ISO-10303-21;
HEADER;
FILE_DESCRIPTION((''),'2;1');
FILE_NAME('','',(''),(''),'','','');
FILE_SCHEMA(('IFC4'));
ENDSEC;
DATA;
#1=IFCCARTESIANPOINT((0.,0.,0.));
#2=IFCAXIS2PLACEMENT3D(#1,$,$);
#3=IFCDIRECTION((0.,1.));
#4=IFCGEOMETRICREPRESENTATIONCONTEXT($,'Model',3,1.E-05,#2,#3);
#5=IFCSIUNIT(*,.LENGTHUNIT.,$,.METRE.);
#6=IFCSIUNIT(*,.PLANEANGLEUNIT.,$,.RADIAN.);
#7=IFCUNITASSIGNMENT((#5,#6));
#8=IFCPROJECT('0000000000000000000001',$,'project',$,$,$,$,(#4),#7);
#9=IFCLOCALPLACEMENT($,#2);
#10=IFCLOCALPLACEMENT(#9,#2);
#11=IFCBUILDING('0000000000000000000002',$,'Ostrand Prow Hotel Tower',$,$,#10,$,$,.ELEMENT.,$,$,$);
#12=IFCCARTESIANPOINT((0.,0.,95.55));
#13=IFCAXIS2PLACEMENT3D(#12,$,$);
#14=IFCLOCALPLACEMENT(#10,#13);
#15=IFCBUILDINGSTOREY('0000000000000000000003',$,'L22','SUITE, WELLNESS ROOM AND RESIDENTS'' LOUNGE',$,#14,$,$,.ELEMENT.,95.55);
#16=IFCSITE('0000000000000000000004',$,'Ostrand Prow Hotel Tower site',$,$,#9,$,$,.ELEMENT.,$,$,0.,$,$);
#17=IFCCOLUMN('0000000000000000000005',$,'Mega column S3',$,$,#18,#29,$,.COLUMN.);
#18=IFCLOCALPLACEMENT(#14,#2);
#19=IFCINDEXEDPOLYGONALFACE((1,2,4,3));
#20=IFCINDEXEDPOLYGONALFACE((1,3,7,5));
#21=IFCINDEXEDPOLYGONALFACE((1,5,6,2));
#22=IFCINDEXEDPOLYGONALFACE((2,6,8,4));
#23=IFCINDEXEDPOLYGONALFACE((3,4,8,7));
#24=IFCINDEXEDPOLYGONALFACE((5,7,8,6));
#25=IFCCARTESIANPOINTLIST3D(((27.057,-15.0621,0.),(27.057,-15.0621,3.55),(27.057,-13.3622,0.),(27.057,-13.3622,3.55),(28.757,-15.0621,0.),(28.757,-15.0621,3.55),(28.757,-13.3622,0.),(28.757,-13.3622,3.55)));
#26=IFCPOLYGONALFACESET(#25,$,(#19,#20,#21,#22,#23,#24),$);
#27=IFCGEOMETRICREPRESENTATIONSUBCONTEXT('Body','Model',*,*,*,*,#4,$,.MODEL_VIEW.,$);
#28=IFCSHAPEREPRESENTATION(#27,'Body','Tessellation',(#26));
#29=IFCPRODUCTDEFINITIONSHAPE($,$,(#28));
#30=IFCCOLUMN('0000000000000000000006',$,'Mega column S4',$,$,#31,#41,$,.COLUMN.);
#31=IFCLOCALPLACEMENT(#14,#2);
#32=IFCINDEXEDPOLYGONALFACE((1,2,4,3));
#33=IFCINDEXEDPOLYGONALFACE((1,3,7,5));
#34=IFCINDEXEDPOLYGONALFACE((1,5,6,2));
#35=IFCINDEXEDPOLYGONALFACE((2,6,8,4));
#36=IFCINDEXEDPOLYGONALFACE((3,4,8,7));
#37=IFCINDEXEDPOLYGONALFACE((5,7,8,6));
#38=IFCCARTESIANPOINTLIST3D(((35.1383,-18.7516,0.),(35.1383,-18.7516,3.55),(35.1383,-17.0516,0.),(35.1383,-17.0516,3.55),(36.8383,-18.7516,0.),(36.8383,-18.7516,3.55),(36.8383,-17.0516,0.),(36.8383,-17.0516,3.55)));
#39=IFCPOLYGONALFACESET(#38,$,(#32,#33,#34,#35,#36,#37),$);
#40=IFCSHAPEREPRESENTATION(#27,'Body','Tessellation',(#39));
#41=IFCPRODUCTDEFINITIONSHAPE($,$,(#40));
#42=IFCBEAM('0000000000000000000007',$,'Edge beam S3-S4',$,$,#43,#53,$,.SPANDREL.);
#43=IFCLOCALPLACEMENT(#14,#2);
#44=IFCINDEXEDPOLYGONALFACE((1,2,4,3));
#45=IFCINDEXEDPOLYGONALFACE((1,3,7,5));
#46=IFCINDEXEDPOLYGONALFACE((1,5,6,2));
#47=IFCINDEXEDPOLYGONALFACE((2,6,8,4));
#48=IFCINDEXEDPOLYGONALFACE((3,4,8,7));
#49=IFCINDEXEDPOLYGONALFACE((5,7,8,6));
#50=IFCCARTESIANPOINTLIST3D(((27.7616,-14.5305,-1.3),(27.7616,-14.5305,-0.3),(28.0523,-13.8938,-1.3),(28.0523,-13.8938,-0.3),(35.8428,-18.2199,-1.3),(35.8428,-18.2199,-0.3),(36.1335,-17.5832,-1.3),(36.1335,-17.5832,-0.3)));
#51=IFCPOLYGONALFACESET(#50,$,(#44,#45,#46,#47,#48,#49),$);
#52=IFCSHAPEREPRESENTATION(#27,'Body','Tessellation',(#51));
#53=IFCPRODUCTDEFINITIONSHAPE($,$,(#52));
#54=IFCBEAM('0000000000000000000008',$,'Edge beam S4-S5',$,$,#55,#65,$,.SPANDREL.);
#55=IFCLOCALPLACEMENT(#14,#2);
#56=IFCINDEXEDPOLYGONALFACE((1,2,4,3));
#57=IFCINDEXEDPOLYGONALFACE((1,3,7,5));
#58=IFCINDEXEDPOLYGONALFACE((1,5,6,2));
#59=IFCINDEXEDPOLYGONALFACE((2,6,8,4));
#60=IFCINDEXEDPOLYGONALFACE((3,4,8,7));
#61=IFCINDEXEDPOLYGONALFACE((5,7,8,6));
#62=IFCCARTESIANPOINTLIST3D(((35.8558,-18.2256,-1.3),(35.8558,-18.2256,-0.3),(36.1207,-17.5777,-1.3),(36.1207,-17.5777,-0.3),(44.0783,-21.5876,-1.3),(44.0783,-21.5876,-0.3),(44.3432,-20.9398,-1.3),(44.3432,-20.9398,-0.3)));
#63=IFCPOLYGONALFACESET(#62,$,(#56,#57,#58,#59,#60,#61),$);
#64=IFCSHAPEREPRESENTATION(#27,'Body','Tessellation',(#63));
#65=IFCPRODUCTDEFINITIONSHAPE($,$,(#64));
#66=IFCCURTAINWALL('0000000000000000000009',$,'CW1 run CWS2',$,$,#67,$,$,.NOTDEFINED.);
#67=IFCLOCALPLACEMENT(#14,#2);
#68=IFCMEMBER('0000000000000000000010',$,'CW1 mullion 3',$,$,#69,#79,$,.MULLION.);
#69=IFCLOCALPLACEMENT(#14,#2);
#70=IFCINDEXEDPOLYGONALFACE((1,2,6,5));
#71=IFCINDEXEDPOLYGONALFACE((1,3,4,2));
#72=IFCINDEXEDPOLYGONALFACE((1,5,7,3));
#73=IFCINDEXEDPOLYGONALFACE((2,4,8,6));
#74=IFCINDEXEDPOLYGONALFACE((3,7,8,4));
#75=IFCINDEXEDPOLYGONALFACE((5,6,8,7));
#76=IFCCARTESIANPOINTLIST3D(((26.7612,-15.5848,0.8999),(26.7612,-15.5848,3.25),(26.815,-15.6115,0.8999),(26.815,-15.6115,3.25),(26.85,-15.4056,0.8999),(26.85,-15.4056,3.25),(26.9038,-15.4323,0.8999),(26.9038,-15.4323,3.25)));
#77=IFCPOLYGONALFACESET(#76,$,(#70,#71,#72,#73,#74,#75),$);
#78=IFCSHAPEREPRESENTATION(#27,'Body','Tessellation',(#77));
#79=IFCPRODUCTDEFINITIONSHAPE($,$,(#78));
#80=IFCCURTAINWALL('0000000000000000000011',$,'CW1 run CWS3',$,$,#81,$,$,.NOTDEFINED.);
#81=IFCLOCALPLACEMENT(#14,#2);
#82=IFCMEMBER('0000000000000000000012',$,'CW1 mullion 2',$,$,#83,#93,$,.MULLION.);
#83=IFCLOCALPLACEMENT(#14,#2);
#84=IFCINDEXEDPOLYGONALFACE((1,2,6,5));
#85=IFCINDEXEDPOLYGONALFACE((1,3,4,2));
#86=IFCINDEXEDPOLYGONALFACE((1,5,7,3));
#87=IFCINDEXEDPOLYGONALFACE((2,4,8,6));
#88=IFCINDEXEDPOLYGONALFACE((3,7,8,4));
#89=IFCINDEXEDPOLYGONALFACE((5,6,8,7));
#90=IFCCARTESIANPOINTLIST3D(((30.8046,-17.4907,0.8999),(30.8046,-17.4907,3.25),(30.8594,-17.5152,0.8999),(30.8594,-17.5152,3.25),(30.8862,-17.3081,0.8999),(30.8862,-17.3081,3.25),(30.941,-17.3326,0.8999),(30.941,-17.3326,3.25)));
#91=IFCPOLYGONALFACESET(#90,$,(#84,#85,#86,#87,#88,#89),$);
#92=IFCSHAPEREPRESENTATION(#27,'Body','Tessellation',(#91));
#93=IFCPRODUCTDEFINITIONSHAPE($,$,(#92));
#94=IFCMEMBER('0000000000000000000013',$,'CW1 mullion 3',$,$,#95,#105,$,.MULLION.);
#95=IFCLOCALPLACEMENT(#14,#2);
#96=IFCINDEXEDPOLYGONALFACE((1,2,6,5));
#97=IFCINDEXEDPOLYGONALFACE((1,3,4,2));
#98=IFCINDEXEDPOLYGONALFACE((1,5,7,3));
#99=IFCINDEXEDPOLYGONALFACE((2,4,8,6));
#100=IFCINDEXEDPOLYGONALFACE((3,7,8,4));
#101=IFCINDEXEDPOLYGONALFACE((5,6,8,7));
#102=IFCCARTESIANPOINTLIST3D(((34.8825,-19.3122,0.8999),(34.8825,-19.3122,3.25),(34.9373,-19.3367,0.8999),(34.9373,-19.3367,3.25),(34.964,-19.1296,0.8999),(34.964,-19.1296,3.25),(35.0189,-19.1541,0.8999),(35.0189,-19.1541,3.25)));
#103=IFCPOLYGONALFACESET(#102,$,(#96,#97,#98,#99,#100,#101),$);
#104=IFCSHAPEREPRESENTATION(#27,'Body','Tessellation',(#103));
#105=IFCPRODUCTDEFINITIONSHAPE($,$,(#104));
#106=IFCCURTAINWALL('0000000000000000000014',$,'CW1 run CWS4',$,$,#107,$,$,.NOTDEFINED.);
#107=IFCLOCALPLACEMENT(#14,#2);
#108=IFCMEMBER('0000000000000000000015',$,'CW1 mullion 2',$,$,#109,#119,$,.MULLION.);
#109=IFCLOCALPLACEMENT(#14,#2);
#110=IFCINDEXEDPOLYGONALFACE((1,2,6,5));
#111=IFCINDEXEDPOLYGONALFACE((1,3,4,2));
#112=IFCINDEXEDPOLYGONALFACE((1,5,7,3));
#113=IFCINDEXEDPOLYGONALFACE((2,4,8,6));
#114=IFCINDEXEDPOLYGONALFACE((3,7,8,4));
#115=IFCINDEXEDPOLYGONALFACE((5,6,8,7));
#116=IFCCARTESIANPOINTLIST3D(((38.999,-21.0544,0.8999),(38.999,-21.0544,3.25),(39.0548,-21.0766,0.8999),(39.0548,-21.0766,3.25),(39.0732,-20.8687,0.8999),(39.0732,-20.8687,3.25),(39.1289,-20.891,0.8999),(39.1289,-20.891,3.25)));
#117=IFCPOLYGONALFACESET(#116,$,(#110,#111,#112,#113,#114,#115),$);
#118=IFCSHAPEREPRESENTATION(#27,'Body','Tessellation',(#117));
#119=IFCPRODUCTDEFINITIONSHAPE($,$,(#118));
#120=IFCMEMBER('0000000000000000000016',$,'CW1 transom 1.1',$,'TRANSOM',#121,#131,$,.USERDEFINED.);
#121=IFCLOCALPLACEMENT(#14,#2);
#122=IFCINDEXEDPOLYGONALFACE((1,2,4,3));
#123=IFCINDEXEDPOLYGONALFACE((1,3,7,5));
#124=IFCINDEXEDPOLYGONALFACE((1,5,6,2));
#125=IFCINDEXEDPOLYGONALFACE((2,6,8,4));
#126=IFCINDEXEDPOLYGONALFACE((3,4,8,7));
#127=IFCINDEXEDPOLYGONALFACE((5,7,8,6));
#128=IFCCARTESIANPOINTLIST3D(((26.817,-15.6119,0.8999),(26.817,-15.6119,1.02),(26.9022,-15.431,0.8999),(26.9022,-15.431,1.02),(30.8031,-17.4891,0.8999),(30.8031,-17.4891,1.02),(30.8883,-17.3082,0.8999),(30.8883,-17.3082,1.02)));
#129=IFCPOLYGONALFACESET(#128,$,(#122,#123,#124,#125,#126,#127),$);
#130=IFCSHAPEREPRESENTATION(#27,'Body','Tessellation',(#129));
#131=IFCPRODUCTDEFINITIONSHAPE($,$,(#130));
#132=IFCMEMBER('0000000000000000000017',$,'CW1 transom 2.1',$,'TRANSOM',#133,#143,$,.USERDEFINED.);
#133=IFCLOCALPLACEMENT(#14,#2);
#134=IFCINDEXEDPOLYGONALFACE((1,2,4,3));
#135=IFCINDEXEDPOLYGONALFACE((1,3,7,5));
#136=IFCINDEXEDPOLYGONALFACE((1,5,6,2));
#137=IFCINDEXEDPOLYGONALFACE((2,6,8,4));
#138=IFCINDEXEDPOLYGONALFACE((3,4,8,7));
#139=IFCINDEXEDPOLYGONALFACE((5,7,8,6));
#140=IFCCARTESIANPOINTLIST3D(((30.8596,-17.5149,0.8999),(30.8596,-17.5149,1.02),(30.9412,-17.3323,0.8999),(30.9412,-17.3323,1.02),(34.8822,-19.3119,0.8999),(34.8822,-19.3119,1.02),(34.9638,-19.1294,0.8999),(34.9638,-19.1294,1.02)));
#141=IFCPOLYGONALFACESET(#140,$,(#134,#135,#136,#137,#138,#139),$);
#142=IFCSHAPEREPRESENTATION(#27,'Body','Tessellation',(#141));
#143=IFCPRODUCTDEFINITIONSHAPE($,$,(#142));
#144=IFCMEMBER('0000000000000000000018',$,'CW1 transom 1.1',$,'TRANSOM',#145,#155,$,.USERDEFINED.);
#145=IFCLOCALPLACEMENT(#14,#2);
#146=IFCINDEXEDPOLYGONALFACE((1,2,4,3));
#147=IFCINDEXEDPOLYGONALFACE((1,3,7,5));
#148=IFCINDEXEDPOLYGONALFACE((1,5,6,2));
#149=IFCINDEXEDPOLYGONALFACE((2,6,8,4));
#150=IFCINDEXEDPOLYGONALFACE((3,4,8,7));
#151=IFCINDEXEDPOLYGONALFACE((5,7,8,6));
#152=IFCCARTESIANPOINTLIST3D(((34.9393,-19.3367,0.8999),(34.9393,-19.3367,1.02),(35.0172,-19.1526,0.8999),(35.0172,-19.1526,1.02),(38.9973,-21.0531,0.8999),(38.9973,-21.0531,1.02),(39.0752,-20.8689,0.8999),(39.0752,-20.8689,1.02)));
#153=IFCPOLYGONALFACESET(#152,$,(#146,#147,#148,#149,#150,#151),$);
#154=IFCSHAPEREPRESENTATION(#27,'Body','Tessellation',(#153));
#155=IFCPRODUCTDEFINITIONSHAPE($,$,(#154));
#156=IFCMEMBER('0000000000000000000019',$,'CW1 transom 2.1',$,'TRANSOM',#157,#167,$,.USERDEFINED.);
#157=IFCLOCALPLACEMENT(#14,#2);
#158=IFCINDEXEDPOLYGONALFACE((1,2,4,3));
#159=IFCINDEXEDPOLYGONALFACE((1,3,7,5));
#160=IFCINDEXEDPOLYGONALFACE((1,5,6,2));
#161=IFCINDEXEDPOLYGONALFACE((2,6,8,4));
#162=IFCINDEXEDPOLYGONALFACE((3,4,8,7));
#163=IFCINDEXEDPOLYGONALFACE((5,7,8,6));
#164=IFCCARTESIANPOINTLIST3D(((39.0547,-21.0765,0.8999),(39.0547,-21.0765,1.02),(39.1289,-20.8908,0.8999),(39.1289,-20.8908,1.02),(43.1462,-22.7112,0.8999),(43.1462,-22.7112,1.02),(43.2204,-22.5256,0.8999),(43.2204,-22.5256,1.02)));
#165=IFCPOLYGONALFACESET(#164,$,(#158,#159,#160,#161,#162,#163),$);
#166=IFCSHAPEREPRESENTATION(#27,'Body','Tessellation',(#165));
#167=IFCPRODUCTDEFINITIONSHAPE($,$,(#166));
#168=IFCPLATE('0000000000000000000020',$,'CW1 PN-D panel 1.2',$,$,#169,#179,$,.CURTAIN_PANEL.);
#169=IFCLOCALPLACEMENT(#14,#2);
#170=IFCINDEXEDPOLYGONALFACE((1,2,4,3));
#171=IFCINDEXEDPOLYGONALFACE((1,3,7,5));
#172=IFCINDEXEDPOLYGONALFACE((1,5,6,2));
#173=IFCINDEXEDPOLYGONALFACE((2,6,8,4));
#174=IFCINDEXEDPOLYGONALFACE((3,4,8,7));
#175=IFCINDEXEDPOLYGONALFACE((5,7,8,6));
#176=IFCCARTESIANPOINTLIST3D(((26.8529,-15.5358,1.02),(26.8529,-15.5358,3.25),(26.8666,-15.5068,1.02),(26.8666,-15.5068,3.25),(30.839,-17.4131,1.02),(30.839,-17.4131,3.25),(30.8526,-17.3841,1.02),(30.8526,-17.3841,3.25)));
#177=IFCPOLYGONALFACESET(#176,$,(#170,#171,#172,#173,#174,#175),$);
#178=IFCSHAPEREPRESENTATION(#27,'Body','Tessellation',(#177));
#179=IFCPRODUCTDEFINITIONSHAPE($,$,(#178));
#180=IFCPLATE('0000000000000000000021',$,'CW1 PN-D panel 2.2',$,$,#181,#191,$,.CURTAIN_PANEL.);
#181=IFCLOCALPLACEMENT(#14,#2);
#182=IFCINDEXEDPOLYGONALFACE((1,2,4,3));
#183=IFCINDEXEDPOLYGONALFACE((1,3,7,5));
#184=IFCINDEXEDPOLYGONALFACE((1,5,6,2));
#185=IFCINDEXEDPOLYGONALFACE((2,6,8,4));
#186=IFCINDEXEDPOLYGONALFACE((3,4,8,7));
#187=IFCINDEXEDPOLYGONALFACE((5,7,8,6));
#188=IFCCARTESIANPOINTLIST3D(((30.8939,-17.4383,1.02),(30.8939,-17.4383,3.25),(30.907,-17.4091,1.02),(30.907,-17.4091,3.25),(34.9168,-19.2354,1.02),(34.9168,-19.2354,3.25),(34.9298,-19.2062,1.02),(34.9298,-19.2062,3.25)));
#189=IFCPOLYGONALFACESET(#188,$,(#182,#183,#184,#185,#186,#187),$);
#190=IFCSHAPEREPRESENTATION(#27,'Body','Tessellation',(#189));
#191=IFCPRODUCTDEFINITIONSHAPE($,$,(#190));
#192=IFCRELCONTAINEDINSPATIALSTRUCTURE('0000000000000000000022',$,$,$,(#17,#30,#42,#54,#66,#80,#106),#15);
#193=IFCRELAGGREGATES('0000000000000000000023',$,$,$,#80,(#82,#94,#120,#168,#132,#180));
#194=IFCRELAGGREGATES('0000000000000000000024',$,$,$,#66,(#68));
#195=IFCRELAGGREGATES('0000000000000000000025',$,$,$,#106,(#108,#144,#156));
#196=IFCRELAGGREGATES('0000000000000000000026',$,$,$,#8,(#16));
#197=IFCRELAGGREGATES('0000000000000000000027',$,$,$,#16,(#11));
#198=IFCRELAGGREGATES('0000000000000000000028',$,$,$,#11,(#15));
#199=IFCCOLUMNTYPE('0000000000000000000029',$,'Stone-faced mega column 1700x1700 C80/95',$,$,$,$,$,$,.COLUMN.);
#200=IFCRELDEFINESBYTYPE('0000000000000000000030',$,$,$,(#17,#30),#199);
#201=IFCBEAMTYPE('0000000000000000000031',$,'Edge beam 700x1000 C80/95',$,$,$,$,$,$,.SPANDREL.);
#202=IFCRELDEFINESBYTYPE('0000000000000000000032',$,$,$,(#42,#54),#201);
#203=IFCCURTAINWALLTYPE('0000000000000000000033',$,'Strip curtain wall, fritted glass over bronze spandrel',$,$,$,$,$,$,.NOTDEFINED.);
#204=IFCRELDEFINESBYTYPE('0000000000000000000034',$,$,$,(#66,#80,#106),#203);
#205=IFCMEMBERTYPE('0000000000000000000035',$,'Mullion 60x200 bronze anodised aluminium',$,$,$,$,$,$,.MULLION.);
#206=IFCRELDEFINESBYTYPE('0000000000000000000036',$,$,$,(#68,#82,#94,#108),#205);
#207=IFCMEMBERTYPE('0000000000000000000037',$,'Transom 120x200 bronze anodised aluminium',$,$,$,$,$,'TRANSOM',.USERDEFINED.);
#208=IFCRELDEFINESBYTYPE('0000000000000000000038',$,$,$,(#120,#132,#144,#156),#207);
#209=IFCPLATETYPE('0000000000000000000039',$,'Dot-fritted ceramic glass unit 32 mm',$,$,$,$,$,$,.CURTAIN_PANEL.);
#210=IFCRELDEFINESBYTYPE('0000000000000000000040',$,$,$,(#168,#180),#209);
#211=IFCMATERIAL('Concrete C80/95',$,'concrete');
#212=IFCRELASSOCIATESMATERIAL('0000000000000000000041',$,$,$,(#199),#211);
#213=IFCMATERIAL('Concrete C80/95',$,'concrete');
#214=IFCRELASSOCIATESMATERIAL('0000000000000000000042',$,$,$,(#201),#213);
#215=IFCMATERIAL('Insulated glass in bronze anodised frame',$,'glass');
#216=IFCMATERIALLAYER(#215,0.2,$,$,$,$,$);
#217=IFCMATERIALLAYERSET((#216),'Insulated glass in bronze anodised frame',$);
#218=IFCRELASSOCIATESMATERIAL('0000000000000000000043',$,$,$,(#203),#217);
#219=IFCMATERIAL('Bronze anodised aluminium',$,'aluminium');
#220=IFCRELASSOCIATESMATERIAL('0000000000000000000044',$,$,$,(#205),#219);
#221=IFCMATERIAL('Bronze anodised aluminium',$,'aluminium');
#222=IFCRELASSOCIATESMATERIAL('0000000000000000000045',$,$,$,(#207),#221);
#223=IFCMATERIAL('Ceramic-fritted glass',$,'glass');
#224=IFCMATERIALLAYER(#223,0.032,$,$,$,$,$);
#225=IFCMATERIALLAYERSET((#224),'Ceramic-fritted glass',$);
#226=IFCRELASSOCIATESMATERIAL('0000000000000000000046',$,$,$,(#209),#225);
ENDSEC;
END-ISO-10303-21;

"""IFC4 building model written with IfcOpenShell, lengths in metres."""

from ifc_helpers import new_model, si_unit, direction, frame, origin, origin_2d, place, context, subcontext, project, spatial, rectangle, extrude, material, layer, layer_set, material_profile, profile_set, type_object, element, aggregate, save


model = new_model("IFC4")

# Units and contexts
model_context = context("Model", 3, precision=1e-05, world=origin(), true_north=direction((0.0, 1.0)))
body_context = subcontext(model_context, "Body", "Model", "MODEL_VIEW")
ifc_project = project(units=[si_unit("LENGTHUNIT", "METRE"), si_unit("PLANEANGLEUNIT", "RADIAN")], contexts=[model_context])

# Site, building, storey
site_placement = place(None, origin())
site = spatial("IfcSite", under=ifc_project, at=site_placement, Name="Ostrand Prow Hotel Tower site", CompositionType="ELEMENT", RefElevation=0.0)
building_placement = place(site_placement, origin())
building = spatial("IfcBuilding", under=site, at=building_placement, Name="Ostrand Prow Hotel Tower", CompositionType="ELEMENT")
storey_placement = place(building_placement, frame((0.0, 0.0, 95.55)))
storey = spatial("IfcBuildingStorey", under=building, at=storey_placement, Name="L22", Description="SUITE, WELLNESS ROOM AND RESIDENTS' LOUNGE", CompositionType="ELEMENT", Elevation=95.55)

# Columns
ifc_material_1 = material(Name="Concrete C80/95", Category="concrete")
ifc_material_profile_1 = material_profile(ifc_material_1, rectangle(XDim=1.7, YDim=1.7, at=origin_2d()), Name="RC 1700x1700")
ifc_profile_set_1 = profile_set([ifc_material_profile_1], Name="Concrete C80/95")
column_type = type_object("IfcColumnType", Name="Stone-faced mega column 1700x1700 C80/95", PredefinedType="COLUMN", material=ifc_profile_set_1)
for number, where, z_axis, x_axis, name in (
    (1, (27.907, -14.2122, 0.0), (0.0, 0.0, 1.0), (1.0, 0.0, 0.0), "Mega column S3"),
    (2, (35.9883, -17.9016, 0.0), (0.0, 0.0, 1.0), (1.0, 0.0, 0.0), "Mega column S4"),
):
    element("IfcColumn", number, at=place(storey_placement, frame(where, z_axis=z_axis, x_axis=x_axis)), inside=storey, type_object=column_type, Name=name, PredefinedType="COLUMN", context=body_context, shape_type="SweptSolid", body=[
        extrude(rectangle(XDim=1.7, YDim=1.7, at=origin_2d()), origin(), (0.0, 0.0, 1.0), 3.55),
    ])

# Beams
ifc_material_2 = material(Name="Concrete C80/95", Category="concrete")
ifc_material_profile_2 = material_profile(ifc_material_2, rectangle(XDim=0.7, YDim=1.0, at=origin_2d()), Name="RC 700x1000")
ifc_profile_set_2 = profile_set([ifc_material_profile_2], Name="Concrete C80/95")
beam_type = type_object("IfcBeamType", Name="Edge beam 700x1000 C80/95", PredefinedType="SPANDREL", material=ifc_profile_set_2)
beam_1_placement = place(storey_placement, frame((27.907, -14.2122, -0.8), z_axis=(0.909681, -0.415308, 0.0), x_axis=(0.415308, 0.909681, 0.0)))
element("IfcBeam", 3, at=beam_1_placement, inside=storey, type_object=beam_type, Name="Edge beam S3-S4", PredefinedType="SPANDREL", context=body_context, shape_type="SweptSolid", body=[
    extrude(rectangle(XDim=0.7, YDim=1.0, at=origin_2d()), origin(), (0.0, 0.0, 1.0), 8.8835),
])
beam_2_placement = place(storey_placement, frame((35.9883, -17.9016, -0.8), z_axis=(0.925612, -0.378473, 0.0), x_axis=(0.378473, 0.925612, 0.0)))
element("IfcBeam", 4, at=beam_2_placement, inside=storey, type_object=beam_type, Name="Edge beam S4-S5", PredefinedType="SPANDREL", context=body_context, shape_type="SweptSolid", body=[
    extrude(rectangle(XDim=0.7, YDim=1.0, at=origin_2d()), origin(), (0.0, 0.0, 1.0), 8.8833),
])

# Curtain wall, member
ifc_material_3 = material(Name="Insulated glass in bronze anodised frame", Category="glass")
ifc_layer_1 = layer(ifc_material_3, 0.2)
ifc_layer_set_1 = layer_set([ifc_layer_1], Name="Insulated glass in bronze anodised frame")
curtain_wall_type = type_object("IfcCurtainWallType", Name="Strip curtain wall, fritted glass over bronze spandrel", PredefinedType="NOTDEFINED", material=ifc_layer_set_1)
curtain_wall_1_placement = place(storey_placement, origin())
curtain_wall_1 = element("IfcCurtainWall", 5, at=curtain_wall_1_placement, inside=storey, type_object=curtain_wall_type, Name="CW1 run CWS2", PredefinedType="NOTDEFINED")
ifc_material_4 = material(Name="Bronze anodised aluminium", Category="aluminium")
ifc_material_profile_3 = material_profile(ifc_material_4, rectangle(XDim=0.2, YDim=0.0601, at=origin_2d()), Name="Mullion 60x200 bronze anodised aluminium")
ifc_profile_set_3 = profile_set([ifc_material_profile_3], Name="Bronze anodised aluminium")
member_type_1 = type_object("IfcMemberType", Name="Mullion 60x200 bronze anodised aluminium", PredefinedType="MULLION", material=ifc_profile_set_3)
member_1_placement = place(storey_placement, frame((26.8325, -15.5085, 0.8999), z_axis=(0.0, 0.0, 1.0), x_axis=(0.444113, 0.895971, 0.0)))
member_1 = element("IfcMember", 6, at=member_1_placement, type_object=member_type_1, Name="CW1 mullion 3", PredefinedType="MULLION", context=body_context, shape_type="SweptSolid", body=[
    extrude(rectangle(XDim=0.2, YDim=0.0601, at=origin_2d()), origin(), (0.0, 0.0, 1.0), 2.3501),
])

# Curtain wall, members
curtain_wall_2_placement = place(storey_placement, origin())
curtain_wall_2 = element("IfcCurtainWall", 7, at=curtain_wall_2_placement, inside=storey, type_object=curtain_wall_type, Name="CW1 run CWS3", PredefinedType="NOTDEFINED")
member_2_placement = place(storey_placement, frame((30.8728, -17.4116, 0.8999), z_axis=(0.0, 0.0, 1.0), x_axis=(0.407875, 0.913038, 0.0)))
member_2 = element("IfcMember", 8, at=member_2_placement, type_object=member_type_1, Name="CW1 mullion 2", PredefinedType="MULLION", context=body_context, shape_type="SweptSolid", body=[
    extrude(rectangle(XDim=0.2, YDim=0.0601, at=origin_2d()), origin(), (0.0, 0.0, 1.0), 2.3501),
])
member_3_placement = place(storey_placement, frame((34.9507, -19.2332, 0.8999), z_axis=(0.0, 0.0, 1.0), x_axis=(0.407875, 0.913038, 0.0)))
member_3 = element("IfcMember", 9, at=member_3_placement, type_object=member_type_1, Name="CW1 mullion 3", PredefinedType="MULLION", context=body_context, shape_type="SweptSolid", body=[
    extrude(rectangle(XDim=0.2, YDim=0.0601, at=origin_2d()), origin(), (0.0, 0.0, 1.0), 2.3501),
])

# Curtain wall, member
curtain_wall_3_placement = place(storey_placement, origin())
curtain_wall_3 = element("IfcCurtainWall", 10, at=curtain_wall_3_placement, inside=storey, type_object=curtain_wall_type, Name="CW1 run CWS4", PredefinedType="NOTDEFINED")
member_4_placement = place(storey_placement, frame((39.064, -20.9727, 0.8999), z_axis=(0.0, 0.0, 1.0), x_axis=(0.370982, 0.92864, 0.0)))
member_4 = element("IfcMember", 11, at=member_4_placement, type_object=member_type_1, Name="CW1 mullion 2", PredefinedType="MULLION", context=body_context, shape_type="SweptSolid", body=[
    extrude(rectangle(XDim=0.2, YDim=0.0601, at=origin_2d()), origin(), (0.0, 0.0, 1.0), 2.3501),
])

# Members
ifc_material_5 = material(Name="Bronze anodised aluminium", Category="aluminium")
ifc_material_profile_4 = material_profile(ifc_material_5, rectangle(XDim=0.2, YDim=0.1201, at=origin_2d()), Name="Transom 120x200 bronze anodised aluminium")
ifc_profile_set_4 = profile_set([ifc_material_profile_4], Name="Bronze anodised aluminium")
member_type_2 = type_object("IfcMemberType", Name="Transom 120x200 bronze anodised aluminium", ElementType="TRANSOM", PredefinedType="USERDEFINED", material=ifc_profile_set_4)
member_5_placement = place(storey_placement, frame((26.8596, -15.5215, 0.96), z_axis=(0.904697, -0.426056, 0.0), x_axis=(0.426056, 0.904697, 0.0)))
member_5 = element("IfcMember", 12, at=member_5_placement, type_object=member_type_2, Name="CW1 transom 1.1", ObjectType="TRANSOM", PredefinedType="USERDEFINED", context=body_context, shape_type="SweptSolid", body=[
    extrude(rectangle(XDim=0.2, YDim=0.1201, at=origin_2d()), origin(), (0.0, 0.0, 1.0), 4.406),
])
member_6_placement = place(storey_placement, frame((30.9004, -17.4236, 0.96), z_axis=(0.913031, -0.407891, 0.0), x_axis=(0.407891, 0.913031, 0.0)))
member_6 = element("IfcMember", 13, at=member_6_placement, type_object=member_type_2, Name="CW1 transom 2.1", ObjectType="TRANSOM", PredefinedType="USERDEFINED", context=body_context, shape_type="SweptSolid", body=[
    extrude(rectangle(XDim=0.2, YDim=0.1201, at=origin_2d()), origin(), (0.0, 0.0, 1.0), 4.4058),
])
member_7_placement = place(storey_placement, frame((34.9783, -19.2446, 0.96), z_axis=(0.921006, -0.389548, 0.0), x_axis=(0.389548, 0.921006, 0.0)))
member_7 = element("IfcMember", 14, at=member_7_placement, type_object=member_type_2, Name="CW1 transom 1.1", ObjectType="TRANSOM", PredefinedType="USERDEFINED", context=body_context, shape_type="SweptSolid", body=[
    extrude(rectangle(XDim=0.2, YDim=0.1201, at=origin_2d()), origin(), (0.0, 0.0, 1.0), 4.406),
])
member_8_placement = place(storey_placement, frame((39.0918, -20.9836, 0.96), z_axis=(0.928622, -0.371028, 0.0), x_axis=(0.371028, 0.928622, 0.0)))
member_8 = element("IfcMember", 15, at=member_8_placement, type_object=member_type_2, Name="CW1 transom 2.1", ObjectType="TRANSOM", PredefinedType="USERDEFINED", context=body_context, shape_type="SweptSolid", body=[
    extrude(rectangle(XDim=0.2, YDim=0.1201, at=origin_2d()), origin(), (0.0, 0.0, 1.0), 4.406),
])

# Plates
ifc_material_6 = material(Name="Ceramic-fritted glass", Category="glass")
ifc_layer_2 = layer(ifc_material_6, 0.032)
ifc_layer_set_2 = layer_set([ifc_layer_2], Name="Ceramic-fritted glass")
plate_type_1 = type_object("IfcPlateType", Name="Dot-fritted ceramic glass unit 32 mm", PredefinedType="CURTAIN_PANEL", material=ifc_layer_set_2)
plate_1_placement = place(storey_placement, frame((28.8528, -16.46, 1.02), z_axis=(0.0, 0.0, 1.0), x_axis=(0.904686, -0.426079, 0.0)))
plate_1 = element("IfcPlate", 16, at=plate_1_placement, type_object=plate_type_1, Name="CW1 PN-D panel 1.2", PredefinedType="CURTAIN_PANEL", context=body_context, shape_type="SweptSolid", body=[
    extrude(rectangle(XDim=4.406, YDim=0.032, at=origin_2d()), origin(), (0.0, 0.0, 1.0), 2.23),
])
plate_2_placement = place(storey_placement, frame((32.9119, -18.3223, 1.02), z_axis=(0.0, 0.0, 1.0), x_axis=(0.913038, -0.407875, 0.0)))
plate_2 = element("IfcPlate", 17, at=plate_2_placement, type_object=plate_type_1, Name="CW1 PN-D panel 2.2", PredefinedType="CURTAIN_PANEL", context=body_context, shape_type="SweptSolid", body=[
    extrude(rectangle(XDim=4.406, YDim=0.032, at=origin_2d()), origin(), (0.0, 0.0, 1.0), 2.23),
])
aggregate(curtain_wall_2, [member_2, member_3, member_5, plate_1, member_6, plate_2])
aggregate(curtain_wall_1, [member_1])
aggregate(curtain_wall_3, [member_4, member_7, member_8])

save(model, "model.ifc")
